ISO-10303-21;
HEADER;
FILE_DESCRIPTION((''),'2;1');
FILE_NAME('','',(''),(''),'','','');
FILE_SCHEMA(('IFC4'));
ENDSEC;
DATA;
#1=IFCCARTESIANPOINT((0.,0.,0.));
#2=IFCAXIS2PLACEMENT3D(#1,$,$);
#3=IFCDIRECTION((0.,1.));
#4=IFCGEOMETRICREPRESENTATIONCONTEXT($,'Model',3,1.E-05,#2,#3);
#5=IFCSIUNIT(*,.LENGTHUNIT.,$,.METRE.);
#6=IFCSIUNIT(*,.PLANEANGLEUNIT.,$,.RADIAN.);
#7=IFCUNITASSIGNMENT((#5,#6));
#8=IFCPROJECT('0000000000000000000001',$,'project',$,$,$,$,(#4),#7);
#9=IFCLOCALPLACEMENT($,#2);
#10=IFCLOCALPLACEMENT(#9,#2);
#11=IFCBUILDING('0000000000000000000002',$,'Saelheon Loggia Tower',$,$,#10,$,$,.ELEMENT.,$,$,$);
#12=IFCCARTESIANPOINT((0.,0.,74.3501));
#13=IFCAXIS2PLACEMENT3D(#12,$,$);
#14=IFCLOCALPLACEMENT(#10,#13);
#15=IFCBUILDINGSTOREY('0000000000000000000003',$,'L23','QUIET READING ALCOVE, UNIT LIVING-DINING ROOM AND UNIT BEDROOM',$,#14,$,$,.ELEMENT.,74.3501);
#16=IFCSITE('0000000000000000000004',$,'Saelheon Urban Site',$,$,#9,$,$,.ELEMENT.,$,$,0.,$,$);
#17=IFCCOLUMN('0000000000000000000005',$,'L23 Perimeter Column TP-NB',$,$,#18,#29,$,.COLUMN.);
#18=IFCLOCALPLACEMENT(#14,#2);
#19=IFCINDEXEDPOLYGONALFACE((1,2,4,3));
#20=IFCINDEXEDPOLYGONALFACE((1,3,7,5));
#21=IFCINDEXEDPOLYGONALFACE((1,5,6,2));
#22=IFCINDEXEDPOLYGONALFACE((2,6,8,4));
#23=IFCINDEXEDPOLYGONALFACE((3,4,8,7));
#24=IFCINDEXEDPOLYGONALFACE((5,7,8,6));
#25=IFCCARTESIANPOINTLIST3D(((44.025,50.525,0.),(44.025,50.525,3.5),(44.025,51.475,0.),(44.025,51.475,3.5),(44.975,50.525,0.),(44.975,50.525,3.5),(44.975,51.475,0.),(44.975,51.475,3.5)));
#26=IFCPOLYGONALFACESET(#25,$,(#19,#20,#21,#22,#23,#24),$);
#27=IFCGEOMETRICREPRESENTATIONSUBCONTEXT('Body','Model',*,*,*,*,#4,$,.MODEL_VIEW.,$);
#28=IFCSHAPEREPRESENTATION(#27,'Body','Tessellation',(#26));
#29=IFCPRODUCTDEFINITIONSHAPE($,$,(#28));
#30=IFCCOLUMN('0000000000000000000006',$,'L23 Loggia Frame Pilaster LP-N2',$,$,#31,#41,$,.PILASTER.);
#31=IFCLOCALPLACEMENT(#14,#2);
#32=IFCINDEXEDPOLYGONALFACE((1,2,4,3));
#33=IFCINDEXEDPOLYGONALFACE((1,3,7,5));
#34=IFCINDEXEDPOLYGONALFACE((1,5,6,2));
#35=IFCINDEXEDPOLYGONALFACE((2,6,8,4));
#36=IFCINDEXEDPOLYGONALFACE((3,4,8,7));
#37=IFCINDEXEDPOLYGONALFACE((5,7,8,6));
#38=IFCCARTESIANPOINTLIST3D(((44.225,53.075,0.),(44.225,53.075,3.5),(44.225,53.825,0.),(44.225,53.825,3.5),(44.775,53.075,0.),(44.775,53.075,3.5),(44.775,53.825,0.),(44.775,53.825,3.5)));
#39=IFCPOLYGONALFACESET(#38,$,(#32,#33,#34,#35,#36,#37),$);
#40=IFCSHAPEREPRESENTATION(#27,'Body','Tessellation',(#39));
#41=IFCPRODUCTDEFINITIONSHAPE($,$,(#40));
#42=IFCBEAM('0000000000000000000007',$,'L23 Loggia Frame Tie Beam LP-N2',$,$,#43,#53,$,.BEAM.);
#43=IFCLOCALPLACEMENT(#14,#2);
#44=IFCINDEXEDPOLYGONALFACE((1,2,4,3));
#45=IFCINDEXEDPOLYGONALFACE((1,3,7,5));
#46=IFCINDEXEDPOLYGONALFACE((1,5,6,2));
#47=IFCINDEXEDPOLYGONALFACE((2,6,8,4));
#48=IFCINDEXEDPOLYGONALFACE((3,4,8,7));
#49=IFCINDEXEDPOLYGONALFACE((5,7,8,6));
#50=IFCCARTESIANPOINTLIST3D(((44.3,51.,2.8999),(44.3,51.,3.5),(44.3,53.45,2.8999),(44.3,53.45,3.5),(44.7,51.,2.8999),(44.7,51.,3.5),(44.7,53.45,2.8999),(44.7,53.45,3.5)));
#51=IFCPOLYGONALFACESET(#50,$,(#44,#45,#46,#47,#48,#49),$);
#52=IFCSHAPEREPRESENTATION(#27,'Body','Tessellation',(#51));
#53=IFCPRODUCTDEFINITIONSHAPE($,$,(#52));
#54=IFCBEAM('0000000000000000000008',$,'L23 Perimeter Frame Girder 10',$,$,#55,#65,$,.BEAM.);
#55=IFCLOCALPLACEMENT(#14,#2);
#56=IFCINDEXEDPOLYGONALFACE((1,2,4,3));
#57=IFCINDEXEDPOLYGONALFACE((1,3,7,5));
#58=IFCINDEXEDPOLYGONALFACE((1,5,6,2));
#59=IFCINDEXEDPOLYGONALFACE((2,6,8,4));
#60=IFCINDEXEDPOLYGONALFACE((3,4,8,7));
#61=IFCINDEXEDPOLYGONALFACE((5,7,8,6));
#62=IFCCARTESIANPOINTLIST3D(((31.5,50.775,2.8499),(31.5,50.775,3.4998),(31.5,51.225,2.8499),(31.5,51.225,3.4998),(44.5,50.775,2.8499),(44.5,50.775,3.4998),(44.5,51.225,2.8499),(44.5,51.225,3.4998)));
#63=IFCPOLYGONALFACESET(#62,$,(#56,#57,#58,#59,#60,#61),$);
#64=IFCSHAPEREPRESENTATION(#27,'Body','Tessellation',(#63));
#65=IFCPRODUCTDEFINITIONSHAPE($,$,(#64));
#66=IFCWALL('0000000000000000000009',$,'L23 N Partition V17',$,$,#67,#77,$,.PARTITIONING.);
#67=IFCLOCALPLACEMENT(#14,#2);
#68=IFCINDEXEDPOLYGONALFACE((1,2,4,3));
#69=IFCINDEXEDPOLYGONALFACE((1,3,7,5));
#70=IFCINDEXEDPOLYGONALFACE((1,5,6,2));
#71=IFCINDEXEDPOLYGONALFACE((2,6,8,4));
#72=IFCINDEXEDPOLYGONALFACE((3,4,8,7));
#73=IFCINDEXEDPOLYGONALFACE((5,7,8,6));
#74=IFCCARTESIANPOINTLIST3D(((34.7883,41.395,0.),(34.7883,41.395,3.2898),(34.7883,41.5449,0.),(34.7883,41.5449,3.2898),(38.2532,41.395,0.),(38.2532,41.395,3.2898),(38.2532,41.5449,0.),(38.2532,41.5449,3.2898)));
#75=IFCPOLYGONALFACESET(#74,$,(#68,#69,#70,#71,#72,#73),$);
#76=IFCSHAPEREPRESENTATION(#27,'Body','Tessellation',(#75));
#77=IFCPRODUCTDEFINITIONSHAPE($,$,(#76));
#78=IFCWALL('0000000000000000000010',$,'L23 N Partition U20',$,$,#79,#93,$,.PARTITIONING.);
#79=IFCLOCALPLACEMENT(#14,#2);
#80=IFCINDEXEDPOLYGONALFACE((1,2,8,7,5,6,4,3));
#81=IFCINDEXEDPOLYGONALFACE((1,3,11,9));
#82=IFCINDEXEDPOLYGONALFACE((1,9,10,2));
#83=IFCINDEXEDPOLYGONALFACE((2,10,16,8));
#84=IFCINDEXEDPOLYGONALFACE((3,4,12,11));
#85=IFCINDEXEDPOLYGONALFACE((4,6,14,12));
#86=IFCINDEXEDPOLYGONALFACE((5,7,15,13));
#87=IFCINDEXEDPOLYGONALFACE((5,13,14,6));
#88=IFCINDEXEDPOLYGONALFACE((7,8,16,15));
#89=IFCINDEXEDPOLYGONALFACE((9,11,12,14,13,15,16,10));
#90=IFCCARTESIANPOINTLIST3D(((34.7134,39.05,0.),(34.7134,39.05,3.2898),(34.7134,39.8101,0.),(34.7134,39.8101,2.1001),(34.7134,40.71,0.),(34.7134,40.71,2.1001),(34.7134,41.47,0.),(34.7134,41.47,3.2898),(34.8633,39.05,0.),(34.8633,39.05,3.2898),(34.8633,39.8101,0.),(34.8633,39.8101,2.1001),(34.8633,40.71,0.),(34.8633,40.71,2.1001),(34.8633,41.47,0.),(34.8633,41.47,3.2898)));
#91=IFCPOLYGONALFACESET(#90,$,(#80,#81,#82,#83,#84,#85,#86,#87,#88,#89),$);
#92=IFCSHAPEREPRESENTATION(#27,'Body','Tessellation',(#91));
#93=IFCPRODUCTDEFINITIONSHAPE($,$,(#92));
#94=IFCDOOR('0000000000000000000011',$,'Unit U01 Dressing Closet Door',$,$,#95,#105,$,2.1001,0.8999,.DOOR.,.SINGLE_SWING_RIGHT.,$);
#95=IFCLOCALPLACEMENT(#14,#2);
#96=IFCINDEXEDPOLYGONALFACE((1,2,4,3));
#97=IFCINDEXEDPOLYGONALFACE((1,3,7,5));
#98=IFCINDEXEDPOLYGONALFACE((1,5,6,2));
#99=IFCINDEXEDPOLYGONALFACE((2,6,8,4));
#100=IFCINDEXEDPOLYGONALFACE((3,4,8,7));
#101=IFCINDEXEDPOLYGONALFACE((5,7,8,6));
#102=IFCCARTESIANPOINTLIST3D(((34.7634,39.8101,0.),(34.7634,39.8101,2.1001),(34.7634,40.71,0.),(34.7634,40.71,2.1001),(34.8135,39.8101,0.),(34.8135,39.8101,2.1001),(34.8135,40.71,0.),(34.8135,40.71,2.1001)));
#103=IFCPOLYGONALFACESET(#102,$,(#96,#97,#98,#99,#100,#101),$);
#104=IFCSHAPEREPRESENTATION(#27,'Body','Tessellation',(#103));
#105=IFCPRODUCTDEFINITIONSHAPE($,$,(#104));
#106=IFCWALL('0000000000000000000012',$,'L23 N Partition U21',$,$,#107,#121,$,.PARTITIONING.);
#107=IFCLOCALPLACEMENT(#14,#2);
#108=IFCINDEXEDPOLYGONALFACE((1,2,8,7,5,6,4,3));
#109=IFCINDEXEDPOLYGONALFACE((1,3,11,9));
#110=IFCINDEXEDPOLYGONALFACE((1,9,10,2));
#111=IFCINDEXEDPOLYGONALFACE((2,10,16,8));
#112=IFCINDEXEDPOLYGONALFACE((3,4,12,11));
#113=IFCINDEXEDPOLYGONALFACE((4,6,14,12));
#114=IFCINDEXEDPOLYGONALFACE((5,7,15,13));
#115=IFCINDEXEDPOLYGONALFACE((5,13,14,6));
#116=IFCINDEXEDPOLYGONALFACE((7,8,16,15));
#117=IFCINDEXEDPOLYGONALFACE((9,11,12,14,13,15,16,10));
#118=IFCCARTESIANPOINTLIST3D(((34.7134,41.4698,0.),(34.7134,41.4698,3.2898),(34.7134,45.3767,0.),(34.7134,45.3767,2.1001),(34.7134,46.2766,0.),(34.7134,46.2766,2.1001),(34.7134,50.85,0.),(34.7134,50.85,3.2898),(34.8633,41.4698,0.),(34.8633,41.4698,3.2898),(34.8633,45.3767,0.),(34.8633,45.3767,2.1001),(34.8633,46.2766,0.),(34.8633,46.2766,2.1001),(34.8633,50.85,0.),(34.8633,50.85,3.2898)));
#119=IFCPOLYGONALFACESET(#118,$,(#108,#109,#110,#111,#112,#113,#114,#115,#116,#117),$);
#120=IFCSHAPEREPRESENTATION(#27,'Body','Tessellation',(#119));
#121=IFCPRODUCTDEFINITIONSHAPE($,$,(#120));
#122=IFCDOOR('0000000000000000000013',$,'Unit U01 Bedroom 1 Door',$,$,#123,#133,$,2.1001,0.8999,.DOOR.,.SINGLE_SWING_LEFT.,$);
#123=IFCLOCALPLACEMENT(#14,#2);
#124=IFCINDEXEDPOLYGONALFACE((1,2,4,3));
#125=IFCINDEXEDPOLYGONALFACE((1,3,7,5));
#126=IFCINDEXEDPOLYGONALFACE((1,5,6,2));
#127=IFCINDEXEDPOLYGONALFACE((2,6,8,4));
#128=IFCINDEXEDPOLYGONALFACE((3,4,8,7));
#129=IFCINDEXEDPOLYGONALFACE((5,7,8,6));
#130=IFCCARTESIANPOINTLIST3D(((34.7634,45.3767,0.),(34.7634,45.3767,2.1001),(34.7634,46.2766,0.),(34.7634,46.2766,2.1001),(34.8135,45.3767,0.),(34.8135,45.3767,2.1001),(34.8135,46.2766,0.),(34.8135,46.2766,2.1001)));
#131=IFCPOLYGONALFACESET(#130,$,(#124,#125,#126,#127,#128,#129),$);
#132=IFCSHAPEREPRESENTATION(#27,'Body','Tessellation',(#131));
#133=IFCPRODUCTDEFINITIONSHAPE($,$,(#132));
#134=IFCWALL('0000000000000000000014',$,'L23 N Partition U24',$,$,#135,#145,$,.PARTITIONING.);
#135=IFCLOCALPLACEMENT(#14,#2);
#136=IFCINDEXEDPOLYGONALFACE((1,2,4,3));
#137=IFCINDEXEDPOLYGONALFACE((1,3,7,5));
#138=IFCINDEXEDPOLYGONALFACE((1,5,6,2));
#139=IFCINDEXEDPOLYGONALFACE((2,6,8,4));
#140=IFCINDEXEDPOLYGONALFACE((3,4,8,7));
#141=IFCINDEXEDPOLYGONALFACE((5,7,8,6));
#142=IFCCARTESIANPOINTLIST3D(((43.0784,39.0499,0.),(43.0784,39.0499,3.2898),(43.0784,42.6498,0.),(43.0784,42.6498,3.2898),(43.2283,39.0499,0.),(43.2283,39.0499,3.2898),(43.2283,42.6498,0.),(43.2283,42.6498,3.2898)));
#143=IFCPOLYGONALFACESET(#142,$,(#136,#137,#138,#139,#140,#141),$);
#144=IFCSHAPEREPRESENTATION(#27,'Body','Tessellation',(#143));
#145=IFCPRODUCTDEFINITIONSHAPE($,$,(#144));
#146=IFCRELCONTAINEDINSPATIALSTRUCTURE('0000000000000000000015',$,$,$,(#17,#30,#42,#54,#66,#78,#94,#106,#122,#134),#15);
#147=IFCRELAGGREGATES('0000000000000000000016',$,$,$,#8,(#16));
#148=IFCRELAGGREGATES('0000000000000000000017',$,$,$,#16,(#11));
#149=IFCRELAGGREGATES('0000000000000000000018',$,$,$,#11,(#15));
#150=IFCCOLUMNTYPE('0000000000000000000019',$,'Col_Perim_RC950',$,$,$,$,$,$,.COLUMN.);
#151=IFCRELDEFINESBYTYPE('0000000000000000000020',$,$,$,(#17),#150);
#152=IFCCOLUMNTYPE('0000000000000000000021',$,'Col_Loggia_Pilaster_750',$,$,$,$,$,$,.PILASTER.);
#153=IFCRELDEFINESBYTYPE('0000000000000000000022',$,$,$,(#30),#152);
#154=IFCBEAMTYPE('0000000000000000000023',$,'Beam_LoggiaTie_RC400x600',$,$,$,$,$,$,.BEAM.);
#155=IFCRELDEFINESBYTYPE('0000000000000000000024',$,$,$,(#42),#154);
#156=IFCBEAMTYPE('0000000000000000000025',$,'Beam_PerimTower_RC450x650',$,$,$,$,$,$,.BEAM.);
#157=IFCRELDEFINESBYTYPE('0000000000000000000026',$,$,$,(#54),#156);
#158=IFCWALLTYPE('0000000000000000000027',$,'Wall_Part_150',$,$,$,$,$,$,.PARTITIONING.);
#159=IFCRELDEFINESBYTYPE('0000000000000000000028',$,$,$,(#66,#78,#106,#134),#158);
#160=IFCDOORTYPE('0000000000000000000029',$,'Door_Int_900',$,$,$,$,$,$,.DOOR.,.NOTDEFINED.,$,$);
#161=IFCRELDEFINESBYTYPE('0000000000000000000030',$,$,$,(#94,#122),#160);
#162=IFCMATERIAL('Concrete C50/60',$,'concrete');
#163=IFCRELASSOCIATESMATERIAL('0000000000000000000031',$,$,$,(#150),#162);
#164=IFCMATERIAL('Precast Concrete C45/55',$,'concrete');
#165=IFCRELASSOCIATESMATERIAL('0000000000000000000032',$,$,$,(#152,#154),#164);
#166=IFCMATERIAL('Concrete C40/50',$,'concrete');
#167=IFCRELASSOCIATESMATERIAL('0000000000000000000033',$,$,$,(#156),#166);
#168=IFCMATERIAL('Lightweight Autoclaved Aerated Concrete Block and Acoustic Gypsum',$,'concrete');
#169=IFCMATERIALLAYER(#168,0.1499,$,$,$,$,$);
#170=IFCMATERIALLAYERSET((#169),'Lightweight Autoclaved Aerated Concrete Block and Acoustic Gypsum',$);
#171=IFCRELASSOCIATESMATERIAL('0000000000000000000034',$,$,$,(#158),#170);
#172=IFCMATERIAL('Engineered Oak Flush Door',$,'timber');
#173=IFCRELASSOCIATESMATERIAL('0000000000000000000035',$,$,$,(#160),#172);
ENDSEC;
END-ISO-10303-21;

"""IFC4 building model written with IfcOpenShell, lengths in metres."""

from ifc_helpers import new_model, si_unit, direction, frame, frame_2d, origin, origin_2d, place, context, subcontext, project, spatial, rectangle, extrude, source, transform, mapped, material, layer, layer_set, material_profile, profile_set, type_object, element, fill, save


model = new_model("IFC4")

# Units and contexts
model_context = context("Model", 3, precision=1e-05, world=origin(), true_north=direction((0.0, 1.0)))
body_context = subcontext(model_context, "Body", "Model", "MODEL_VIEW")
ifc_project = project(units=[si_unit("LENGTHUNIT", "METRE"), si_unit("PLANEANGLEUNIT", "RADIAN")], contexts=[model_context])

# Site, building, storey
site_placement = place(None, origin())
site = spatial("IfcSite", under=ifc_project, at=site_placement, Name="Saelheon Urban Site", CompositionType="ELEMENT", RefElevation=0.0)
building_placement = place(site_placement, origin())
building = spatial("IfcBuilding", under=site, at=building_placement, Name="Saelheon Loggia Tower", CompositionType="ELEMENT")
storey_placement = place(building_placement, frame((0.0, 0.0, 74.3501)))
storey = spatial("IfcBuildingStorey", under=building, at=storey_placement, Name="L23", Description="QUIET READING ALCOVE, UNIT LIVING-DINING ROOM AND UNIT BEDROOM", CompositionType="ELEMENT", Elevation=74.3501)

# Columns
ifc_material_1 = material(Name="Concrete C50/60", Category="concrete")
ifc_material_profile_1 = material_profile(ifc_material_1, rectangle(XDim=0.95, YDim=0.95, at=origin_2d()), Name="RC-950x950")
ifc_profile_set_1 = profile_set([ifc_material_profile_1], Name="Concrete C50/60")
column_type_1 = type_object("IfcColumnType", Name="Col_Perim_RC950", PredefinedType="COLUMN", material=ifc_profile_set_1)
shared_shape_1 = source(origin(), body_context, "Body", "SweptSolid", [
    extrude(rectangle(XDim=0.95, YDim=0.95, at=origin_2d()), origin(), (0.0, 0.0, 1.0), 3.5),
])
column_1_placement = place(storey_placement, frame((44.5, 51.0, 0.0), z_axis=(0.0, 0.0, 1.0), x_axis=(1.0, 0.0, 0.0)))
element("IfcColumn", 1, at=column_1_placement, inside=storey, type_object=column_type_1, Name="L23 Perimeter Column TP-NB", PredefinedType="COLUMN", context=body_context, shape_type="MappedRepresentation", body=[
    mapped(shared_shape_1, transform((0.0, 0.0, 0.0), scale=1.0)),
])
ifc_material_2 = material(Name="Precast Concrete C45/55", Category="concrete")
ifc_material_profile_2 = material_profile(ifc_material_2, rectangle(XDim=0.55, YDim=0.75, at=origin_2d()), Name="RC-550x750")
ifc_profile_set_2 = profile_set([ifc_material_profile_2], Name="Precast Concrete C45/55")
column_type_2 = type_object("IfcColumnType", Name="Col_Loggia_Pilaster_750", PredefinedType="PILASTER", material=ifc_profile_set_2)
shared_shape_2 = source(origin(), body_context, "Body", "SweptSolid", [
    extrude(rectangle(XDim=0.55, YDim=0.75, at=origin_2d()), origin(), (0.0, 0.0, 1.0), 3.5),
])
column_2_placement = place(storey_placement, frame((44.5, 53.45, 0.0), z_axis=(0.0, 0.0, 1.0), x_axis=(1.0, 0.0, 0.0)))
element("IfcColumn", 2, at=column_2_placement, inside=storey, type_object=column_type_2, Name="L23 Loggia Frame Pilaster LP-N2", PredefinedType="PILASTER", context=body_context, shape_type="MappedRepresentation", body=[
    mapped(shared_shape_2, transform((0.0, 0.0, 0.0), scale=1.0)),
])

# Beams
ifc_material_profile_3 = material_profile(ifc_material_2, rectangle(XDim=0.3999, YDim=0.6001, at=origin_2d()), Name="RC-400x600")
ifc_profile_set_3 = profile_set([ifc_material_profile_3], Name="Precast Concrete C45/55")
beam_type_1 = type_object("IfcBeamType", Name="Beam_LoggiaTie_RC400x600", PredefinedType="BEAM", material=ifc_profile_set_3)
shared_shape_3 = source(origin(), body_context, "Body", "SweptSolid", [
    extrude(rectangle(XDim=0.3999, YDim=0.6001, at=origin_2d()), origin(), (0.0, 0.0, 1.0), 2.45),
])
beam_1_placement = place(storey_placement, frame((44.5, 51.0, 3.2), z_axis=(0.0, 1.0, 0.0), x_axis=(-1.0, 0.0, 0.0)))
element("IfcBeam", 3, at=beam_1_placement, inside=storey, type_object=beam_type_1, Name="L23 Loggia Frame Tie Beam LP-N2", PredefinedType="BEAM", context=body_context, shape_type="MappedRepresentation", body=[
    mapped(shared_shape_3, transform((0.0, 0.0, 0.0), scale=1.0)),
])
ifc_material_3 = material(Name="Concrete C40/50", Category="concrete")
ifc_material_profile_4 = material_profile(ifc_material_3, rectangle(XDim=0.45, YDim=0.6499, at=origin_2d()), Name="RC-450x650")
ifc_profile_set_4 = profile_set([ifc_material_profile_4], Name="Concrete C40/50")
beam_type_2 = type_object("IfcBeamType", Name="Beam_PerimTower_RC450x650", PredefinedType="BEAM", material=ifc_profile_set_4)
shared_shape_4 = source(origin(), body_context, "Body", "SweptSolid", [
    extrude(rectangle(XDim=0.45, YDim=0.6499, at=origin_2d()), origin(), (0.0, 0.0, 1.0), 13.0),
])
beam_2_placement = place(storey_placement, frame((44.5, 51.0, 3.1748), z_axis=(-1.0, 0.0, 0.0), x_axis=(0.0, -1.0, 0.0)))
element("IfcBeam", 4, at=beam_2_placement, inside=storey, type_object=beam_type_2, Name="L23 Perimeter Frame Girder 10", PredefinedType="BEAM", context=body_context, shape_type="MappedRepresentation", body=[
    mapped(shared_shape_4, transform((0.0, 0.0, 0.0), scale=1.0)),
])

# Wall
ifc_material_4 = material(Name="Lightweight Autoclaved Aerated Concrete Block and Acoustic Gypsum", Category="concrete")
ifc_layer_1 = layer(ifc_material_4, 0.1499)
ifc_layer_set_1 = layer_set([ifc_layer_1], Name="Lightweight Autoclaved Aerated Concrete Block and Acoustic Gypsum")
wall_type_1 = type_object("IfcWallType", Name="Wall_Part_150", PredefinedType="PARTITIONING", material=ifc_layer_set_1)
wall_1_placement = place(storey_placement, frame((34.7883, 41.47, 0.0), z_axis=(0.0, 0.0, 1.0), x_axis=(1.0, 0.0, 0.0)))
element("IfcWall", 5, at=wall_1_placement, inside=storey, type_object=wall_type_1, Name="L23 N Partition V17", PredefinedType="PARTITIONING", context=body_context, shape_type="SweptSolid", body=[
    extrude(rectangle(XDim=3.4648, YDim=0.1499, at=frame_2d((1.7324, 0.0))), origin(), (0.0, 0.0, 1.0), 3.2898),
])

# Walls, openings, doors
wall_2_placement = place(storey_placement, frame((34.7883, 39.05, 0.0), z_axis=(0.0, 0.0, 1.0), x_axis=(0.0, 1.0, 0.0)))
wall_2 = element("IfcWall", 6, at=wall_2_placement, inside=storey, type_object=wall_type_1, Name="L23 N Partition U20", PredefinedType="PARTITIONING", context=body_context, shape_type="SweptSolid", body=[
    extrude(rectangle(XDim=2.4199, YDim=0.1499, at=frame_2d((1.21, 0.0))), origin(), (0.0, 0.0, 1.0), 3.2898),
])
opening_1_placement = place(wall_2_placement, frame((0.76, 0.0, 0.0)))
opening_1 = element("IfcOpeningElement", 7, at=opening_1_placement, cuts=wall_2, PredefinedType="OPENING", context=body_context, shape_type="SweptSolid", body=[
    extrude(rectangle(XDim=0.8999, YDim=2.1001, at=frame_2d((0.45, 1.05))), frame((0.0, 0.0869, 0.0), z_axis=(0.0, -1.0, 0.0), x_axis=(1.0, 0.0, 0.0)), (0.0, 0.0, 1.0), 0.1738),
])
ifc_material_5 = material(Name="Engineered Oak Flush Door", Category="timber")
door_type_1 = type_object("IfcDoorType", Name="Door_Int_900", OperationType="NOTDEFINED", PredefinedType="DOOR", material=ifc_material_5)
shared_shape_5 = source(origin(), body_context, "Body", "SweptSolid", [
    extrude(rectangle(XDim=0.8999, YDim=2.1001, at=frame_2d((0.45, 1.05))), frame((0.0, 0.0249, 0.0), z_axis=(0.0, -1.0, 0.0), x_axis=(1.0, 0.0, 0.0)), (0.0, 0.0, 1.0), 0.05),
])
door_1_placement = place(opening_1_placement, origin())
door_1 = element("IfcDoor", 8, at=door_1_placement, inside=storey, type_object=door_type_1, Name="Unit U01 Dressing Closet Door", OperationType="SINGLE_SWING_RIGHT", OverallHeight=2.1001, OverallWidth=0.8999, PredefinedType="DOOR", context=body_context, shape_type="MappedRepresentation", body=[
    mapped(shared_shape_5, transform((0.0, 0.0, 0.0), scale=1.0)),
])
fill(opening_1, door_1)
wall_3_placement = place(storey_placement, frame((34.7883, 41.47, 0.0), z_axis=(0.0, 0.0, 1.0), x_axis=(0.0, 1.0, 0.0)))
wall_3 = element("IfcWall", 9, at=wall_3_placement, inside=storey, type_object=wall_type_1, Name="L23 N Partition U21", PredefinedType="PARTITIONING", context=body_context, shape_type="SweptSolid", body=[
    extrude(rectangle(XDim=9.3801, YDim=0.1499, at=frame_2d((4.6899, 0.0))), origin(), (0.0, 0.0, 1.0), 3.2898),
])
opening_2_placement = place(wall_3_placement, frame((3.9067, 0.0, 0.0)))
opening_2 = element("IfcOpeningElement", 10, at=opening_2_placement, cuts=wall_3, PredefinedType="OPENING", context=body_context, shape_type="SweptSolid", body=[
    extrude(rectangle(XDim=0.8999, YDim=2.1001, at=frame_2d((0.45, 1.05))), frame((0.0, 0.0869, 0.0), z_axis=(0.0, -1.0, 0.0), x_axis=(1.0, 0.0, 0.0)), (0.0, 0.0, 1.0), 0.1738),
])
door_2_placement = place(opening_2_placement, origin())
door_2 = element("IfcDoor", 11, at=door_2_placement, inside=storey, type_object=door_type_1, Name="Unit U01 Bedroom 1 Door", OperationType="SINGLE_SWING_LEFT", OverallHeight=2.1001, OverallWidth=0.8999, PredefinedType="DOOR", context=body_context, shape_type="MappedRepresentation", body=[
    mapped(shared_shape_5, transform((0.0, 0.0, 0.0), scale=1.0)),
])
fill(opening_2, door_2)

# Wall
wall_4_placement = place(storey_placement, frame((43.1533, 39.05, 0.0), z_axis=(0.0, 0.0, 1.0), x_axis=(0.0, 1.0, 0.0)))
element("IfcWall", 12, at=wall_4_placement, inside=storey, type_object=wall_type_1, Name="L23 N Partition U24", PredefinedType="PARTITIONING", context=body_context, shape_type="SweptSolid", body=[
    extrude(rectangle(XDim=3.5999, YDim=0.1499, at=frame_2d((1.7998, 0.0))), origin(), (0.0, 0.0, 1.0), 3.2898),
])

save(model, "model.ifc")
